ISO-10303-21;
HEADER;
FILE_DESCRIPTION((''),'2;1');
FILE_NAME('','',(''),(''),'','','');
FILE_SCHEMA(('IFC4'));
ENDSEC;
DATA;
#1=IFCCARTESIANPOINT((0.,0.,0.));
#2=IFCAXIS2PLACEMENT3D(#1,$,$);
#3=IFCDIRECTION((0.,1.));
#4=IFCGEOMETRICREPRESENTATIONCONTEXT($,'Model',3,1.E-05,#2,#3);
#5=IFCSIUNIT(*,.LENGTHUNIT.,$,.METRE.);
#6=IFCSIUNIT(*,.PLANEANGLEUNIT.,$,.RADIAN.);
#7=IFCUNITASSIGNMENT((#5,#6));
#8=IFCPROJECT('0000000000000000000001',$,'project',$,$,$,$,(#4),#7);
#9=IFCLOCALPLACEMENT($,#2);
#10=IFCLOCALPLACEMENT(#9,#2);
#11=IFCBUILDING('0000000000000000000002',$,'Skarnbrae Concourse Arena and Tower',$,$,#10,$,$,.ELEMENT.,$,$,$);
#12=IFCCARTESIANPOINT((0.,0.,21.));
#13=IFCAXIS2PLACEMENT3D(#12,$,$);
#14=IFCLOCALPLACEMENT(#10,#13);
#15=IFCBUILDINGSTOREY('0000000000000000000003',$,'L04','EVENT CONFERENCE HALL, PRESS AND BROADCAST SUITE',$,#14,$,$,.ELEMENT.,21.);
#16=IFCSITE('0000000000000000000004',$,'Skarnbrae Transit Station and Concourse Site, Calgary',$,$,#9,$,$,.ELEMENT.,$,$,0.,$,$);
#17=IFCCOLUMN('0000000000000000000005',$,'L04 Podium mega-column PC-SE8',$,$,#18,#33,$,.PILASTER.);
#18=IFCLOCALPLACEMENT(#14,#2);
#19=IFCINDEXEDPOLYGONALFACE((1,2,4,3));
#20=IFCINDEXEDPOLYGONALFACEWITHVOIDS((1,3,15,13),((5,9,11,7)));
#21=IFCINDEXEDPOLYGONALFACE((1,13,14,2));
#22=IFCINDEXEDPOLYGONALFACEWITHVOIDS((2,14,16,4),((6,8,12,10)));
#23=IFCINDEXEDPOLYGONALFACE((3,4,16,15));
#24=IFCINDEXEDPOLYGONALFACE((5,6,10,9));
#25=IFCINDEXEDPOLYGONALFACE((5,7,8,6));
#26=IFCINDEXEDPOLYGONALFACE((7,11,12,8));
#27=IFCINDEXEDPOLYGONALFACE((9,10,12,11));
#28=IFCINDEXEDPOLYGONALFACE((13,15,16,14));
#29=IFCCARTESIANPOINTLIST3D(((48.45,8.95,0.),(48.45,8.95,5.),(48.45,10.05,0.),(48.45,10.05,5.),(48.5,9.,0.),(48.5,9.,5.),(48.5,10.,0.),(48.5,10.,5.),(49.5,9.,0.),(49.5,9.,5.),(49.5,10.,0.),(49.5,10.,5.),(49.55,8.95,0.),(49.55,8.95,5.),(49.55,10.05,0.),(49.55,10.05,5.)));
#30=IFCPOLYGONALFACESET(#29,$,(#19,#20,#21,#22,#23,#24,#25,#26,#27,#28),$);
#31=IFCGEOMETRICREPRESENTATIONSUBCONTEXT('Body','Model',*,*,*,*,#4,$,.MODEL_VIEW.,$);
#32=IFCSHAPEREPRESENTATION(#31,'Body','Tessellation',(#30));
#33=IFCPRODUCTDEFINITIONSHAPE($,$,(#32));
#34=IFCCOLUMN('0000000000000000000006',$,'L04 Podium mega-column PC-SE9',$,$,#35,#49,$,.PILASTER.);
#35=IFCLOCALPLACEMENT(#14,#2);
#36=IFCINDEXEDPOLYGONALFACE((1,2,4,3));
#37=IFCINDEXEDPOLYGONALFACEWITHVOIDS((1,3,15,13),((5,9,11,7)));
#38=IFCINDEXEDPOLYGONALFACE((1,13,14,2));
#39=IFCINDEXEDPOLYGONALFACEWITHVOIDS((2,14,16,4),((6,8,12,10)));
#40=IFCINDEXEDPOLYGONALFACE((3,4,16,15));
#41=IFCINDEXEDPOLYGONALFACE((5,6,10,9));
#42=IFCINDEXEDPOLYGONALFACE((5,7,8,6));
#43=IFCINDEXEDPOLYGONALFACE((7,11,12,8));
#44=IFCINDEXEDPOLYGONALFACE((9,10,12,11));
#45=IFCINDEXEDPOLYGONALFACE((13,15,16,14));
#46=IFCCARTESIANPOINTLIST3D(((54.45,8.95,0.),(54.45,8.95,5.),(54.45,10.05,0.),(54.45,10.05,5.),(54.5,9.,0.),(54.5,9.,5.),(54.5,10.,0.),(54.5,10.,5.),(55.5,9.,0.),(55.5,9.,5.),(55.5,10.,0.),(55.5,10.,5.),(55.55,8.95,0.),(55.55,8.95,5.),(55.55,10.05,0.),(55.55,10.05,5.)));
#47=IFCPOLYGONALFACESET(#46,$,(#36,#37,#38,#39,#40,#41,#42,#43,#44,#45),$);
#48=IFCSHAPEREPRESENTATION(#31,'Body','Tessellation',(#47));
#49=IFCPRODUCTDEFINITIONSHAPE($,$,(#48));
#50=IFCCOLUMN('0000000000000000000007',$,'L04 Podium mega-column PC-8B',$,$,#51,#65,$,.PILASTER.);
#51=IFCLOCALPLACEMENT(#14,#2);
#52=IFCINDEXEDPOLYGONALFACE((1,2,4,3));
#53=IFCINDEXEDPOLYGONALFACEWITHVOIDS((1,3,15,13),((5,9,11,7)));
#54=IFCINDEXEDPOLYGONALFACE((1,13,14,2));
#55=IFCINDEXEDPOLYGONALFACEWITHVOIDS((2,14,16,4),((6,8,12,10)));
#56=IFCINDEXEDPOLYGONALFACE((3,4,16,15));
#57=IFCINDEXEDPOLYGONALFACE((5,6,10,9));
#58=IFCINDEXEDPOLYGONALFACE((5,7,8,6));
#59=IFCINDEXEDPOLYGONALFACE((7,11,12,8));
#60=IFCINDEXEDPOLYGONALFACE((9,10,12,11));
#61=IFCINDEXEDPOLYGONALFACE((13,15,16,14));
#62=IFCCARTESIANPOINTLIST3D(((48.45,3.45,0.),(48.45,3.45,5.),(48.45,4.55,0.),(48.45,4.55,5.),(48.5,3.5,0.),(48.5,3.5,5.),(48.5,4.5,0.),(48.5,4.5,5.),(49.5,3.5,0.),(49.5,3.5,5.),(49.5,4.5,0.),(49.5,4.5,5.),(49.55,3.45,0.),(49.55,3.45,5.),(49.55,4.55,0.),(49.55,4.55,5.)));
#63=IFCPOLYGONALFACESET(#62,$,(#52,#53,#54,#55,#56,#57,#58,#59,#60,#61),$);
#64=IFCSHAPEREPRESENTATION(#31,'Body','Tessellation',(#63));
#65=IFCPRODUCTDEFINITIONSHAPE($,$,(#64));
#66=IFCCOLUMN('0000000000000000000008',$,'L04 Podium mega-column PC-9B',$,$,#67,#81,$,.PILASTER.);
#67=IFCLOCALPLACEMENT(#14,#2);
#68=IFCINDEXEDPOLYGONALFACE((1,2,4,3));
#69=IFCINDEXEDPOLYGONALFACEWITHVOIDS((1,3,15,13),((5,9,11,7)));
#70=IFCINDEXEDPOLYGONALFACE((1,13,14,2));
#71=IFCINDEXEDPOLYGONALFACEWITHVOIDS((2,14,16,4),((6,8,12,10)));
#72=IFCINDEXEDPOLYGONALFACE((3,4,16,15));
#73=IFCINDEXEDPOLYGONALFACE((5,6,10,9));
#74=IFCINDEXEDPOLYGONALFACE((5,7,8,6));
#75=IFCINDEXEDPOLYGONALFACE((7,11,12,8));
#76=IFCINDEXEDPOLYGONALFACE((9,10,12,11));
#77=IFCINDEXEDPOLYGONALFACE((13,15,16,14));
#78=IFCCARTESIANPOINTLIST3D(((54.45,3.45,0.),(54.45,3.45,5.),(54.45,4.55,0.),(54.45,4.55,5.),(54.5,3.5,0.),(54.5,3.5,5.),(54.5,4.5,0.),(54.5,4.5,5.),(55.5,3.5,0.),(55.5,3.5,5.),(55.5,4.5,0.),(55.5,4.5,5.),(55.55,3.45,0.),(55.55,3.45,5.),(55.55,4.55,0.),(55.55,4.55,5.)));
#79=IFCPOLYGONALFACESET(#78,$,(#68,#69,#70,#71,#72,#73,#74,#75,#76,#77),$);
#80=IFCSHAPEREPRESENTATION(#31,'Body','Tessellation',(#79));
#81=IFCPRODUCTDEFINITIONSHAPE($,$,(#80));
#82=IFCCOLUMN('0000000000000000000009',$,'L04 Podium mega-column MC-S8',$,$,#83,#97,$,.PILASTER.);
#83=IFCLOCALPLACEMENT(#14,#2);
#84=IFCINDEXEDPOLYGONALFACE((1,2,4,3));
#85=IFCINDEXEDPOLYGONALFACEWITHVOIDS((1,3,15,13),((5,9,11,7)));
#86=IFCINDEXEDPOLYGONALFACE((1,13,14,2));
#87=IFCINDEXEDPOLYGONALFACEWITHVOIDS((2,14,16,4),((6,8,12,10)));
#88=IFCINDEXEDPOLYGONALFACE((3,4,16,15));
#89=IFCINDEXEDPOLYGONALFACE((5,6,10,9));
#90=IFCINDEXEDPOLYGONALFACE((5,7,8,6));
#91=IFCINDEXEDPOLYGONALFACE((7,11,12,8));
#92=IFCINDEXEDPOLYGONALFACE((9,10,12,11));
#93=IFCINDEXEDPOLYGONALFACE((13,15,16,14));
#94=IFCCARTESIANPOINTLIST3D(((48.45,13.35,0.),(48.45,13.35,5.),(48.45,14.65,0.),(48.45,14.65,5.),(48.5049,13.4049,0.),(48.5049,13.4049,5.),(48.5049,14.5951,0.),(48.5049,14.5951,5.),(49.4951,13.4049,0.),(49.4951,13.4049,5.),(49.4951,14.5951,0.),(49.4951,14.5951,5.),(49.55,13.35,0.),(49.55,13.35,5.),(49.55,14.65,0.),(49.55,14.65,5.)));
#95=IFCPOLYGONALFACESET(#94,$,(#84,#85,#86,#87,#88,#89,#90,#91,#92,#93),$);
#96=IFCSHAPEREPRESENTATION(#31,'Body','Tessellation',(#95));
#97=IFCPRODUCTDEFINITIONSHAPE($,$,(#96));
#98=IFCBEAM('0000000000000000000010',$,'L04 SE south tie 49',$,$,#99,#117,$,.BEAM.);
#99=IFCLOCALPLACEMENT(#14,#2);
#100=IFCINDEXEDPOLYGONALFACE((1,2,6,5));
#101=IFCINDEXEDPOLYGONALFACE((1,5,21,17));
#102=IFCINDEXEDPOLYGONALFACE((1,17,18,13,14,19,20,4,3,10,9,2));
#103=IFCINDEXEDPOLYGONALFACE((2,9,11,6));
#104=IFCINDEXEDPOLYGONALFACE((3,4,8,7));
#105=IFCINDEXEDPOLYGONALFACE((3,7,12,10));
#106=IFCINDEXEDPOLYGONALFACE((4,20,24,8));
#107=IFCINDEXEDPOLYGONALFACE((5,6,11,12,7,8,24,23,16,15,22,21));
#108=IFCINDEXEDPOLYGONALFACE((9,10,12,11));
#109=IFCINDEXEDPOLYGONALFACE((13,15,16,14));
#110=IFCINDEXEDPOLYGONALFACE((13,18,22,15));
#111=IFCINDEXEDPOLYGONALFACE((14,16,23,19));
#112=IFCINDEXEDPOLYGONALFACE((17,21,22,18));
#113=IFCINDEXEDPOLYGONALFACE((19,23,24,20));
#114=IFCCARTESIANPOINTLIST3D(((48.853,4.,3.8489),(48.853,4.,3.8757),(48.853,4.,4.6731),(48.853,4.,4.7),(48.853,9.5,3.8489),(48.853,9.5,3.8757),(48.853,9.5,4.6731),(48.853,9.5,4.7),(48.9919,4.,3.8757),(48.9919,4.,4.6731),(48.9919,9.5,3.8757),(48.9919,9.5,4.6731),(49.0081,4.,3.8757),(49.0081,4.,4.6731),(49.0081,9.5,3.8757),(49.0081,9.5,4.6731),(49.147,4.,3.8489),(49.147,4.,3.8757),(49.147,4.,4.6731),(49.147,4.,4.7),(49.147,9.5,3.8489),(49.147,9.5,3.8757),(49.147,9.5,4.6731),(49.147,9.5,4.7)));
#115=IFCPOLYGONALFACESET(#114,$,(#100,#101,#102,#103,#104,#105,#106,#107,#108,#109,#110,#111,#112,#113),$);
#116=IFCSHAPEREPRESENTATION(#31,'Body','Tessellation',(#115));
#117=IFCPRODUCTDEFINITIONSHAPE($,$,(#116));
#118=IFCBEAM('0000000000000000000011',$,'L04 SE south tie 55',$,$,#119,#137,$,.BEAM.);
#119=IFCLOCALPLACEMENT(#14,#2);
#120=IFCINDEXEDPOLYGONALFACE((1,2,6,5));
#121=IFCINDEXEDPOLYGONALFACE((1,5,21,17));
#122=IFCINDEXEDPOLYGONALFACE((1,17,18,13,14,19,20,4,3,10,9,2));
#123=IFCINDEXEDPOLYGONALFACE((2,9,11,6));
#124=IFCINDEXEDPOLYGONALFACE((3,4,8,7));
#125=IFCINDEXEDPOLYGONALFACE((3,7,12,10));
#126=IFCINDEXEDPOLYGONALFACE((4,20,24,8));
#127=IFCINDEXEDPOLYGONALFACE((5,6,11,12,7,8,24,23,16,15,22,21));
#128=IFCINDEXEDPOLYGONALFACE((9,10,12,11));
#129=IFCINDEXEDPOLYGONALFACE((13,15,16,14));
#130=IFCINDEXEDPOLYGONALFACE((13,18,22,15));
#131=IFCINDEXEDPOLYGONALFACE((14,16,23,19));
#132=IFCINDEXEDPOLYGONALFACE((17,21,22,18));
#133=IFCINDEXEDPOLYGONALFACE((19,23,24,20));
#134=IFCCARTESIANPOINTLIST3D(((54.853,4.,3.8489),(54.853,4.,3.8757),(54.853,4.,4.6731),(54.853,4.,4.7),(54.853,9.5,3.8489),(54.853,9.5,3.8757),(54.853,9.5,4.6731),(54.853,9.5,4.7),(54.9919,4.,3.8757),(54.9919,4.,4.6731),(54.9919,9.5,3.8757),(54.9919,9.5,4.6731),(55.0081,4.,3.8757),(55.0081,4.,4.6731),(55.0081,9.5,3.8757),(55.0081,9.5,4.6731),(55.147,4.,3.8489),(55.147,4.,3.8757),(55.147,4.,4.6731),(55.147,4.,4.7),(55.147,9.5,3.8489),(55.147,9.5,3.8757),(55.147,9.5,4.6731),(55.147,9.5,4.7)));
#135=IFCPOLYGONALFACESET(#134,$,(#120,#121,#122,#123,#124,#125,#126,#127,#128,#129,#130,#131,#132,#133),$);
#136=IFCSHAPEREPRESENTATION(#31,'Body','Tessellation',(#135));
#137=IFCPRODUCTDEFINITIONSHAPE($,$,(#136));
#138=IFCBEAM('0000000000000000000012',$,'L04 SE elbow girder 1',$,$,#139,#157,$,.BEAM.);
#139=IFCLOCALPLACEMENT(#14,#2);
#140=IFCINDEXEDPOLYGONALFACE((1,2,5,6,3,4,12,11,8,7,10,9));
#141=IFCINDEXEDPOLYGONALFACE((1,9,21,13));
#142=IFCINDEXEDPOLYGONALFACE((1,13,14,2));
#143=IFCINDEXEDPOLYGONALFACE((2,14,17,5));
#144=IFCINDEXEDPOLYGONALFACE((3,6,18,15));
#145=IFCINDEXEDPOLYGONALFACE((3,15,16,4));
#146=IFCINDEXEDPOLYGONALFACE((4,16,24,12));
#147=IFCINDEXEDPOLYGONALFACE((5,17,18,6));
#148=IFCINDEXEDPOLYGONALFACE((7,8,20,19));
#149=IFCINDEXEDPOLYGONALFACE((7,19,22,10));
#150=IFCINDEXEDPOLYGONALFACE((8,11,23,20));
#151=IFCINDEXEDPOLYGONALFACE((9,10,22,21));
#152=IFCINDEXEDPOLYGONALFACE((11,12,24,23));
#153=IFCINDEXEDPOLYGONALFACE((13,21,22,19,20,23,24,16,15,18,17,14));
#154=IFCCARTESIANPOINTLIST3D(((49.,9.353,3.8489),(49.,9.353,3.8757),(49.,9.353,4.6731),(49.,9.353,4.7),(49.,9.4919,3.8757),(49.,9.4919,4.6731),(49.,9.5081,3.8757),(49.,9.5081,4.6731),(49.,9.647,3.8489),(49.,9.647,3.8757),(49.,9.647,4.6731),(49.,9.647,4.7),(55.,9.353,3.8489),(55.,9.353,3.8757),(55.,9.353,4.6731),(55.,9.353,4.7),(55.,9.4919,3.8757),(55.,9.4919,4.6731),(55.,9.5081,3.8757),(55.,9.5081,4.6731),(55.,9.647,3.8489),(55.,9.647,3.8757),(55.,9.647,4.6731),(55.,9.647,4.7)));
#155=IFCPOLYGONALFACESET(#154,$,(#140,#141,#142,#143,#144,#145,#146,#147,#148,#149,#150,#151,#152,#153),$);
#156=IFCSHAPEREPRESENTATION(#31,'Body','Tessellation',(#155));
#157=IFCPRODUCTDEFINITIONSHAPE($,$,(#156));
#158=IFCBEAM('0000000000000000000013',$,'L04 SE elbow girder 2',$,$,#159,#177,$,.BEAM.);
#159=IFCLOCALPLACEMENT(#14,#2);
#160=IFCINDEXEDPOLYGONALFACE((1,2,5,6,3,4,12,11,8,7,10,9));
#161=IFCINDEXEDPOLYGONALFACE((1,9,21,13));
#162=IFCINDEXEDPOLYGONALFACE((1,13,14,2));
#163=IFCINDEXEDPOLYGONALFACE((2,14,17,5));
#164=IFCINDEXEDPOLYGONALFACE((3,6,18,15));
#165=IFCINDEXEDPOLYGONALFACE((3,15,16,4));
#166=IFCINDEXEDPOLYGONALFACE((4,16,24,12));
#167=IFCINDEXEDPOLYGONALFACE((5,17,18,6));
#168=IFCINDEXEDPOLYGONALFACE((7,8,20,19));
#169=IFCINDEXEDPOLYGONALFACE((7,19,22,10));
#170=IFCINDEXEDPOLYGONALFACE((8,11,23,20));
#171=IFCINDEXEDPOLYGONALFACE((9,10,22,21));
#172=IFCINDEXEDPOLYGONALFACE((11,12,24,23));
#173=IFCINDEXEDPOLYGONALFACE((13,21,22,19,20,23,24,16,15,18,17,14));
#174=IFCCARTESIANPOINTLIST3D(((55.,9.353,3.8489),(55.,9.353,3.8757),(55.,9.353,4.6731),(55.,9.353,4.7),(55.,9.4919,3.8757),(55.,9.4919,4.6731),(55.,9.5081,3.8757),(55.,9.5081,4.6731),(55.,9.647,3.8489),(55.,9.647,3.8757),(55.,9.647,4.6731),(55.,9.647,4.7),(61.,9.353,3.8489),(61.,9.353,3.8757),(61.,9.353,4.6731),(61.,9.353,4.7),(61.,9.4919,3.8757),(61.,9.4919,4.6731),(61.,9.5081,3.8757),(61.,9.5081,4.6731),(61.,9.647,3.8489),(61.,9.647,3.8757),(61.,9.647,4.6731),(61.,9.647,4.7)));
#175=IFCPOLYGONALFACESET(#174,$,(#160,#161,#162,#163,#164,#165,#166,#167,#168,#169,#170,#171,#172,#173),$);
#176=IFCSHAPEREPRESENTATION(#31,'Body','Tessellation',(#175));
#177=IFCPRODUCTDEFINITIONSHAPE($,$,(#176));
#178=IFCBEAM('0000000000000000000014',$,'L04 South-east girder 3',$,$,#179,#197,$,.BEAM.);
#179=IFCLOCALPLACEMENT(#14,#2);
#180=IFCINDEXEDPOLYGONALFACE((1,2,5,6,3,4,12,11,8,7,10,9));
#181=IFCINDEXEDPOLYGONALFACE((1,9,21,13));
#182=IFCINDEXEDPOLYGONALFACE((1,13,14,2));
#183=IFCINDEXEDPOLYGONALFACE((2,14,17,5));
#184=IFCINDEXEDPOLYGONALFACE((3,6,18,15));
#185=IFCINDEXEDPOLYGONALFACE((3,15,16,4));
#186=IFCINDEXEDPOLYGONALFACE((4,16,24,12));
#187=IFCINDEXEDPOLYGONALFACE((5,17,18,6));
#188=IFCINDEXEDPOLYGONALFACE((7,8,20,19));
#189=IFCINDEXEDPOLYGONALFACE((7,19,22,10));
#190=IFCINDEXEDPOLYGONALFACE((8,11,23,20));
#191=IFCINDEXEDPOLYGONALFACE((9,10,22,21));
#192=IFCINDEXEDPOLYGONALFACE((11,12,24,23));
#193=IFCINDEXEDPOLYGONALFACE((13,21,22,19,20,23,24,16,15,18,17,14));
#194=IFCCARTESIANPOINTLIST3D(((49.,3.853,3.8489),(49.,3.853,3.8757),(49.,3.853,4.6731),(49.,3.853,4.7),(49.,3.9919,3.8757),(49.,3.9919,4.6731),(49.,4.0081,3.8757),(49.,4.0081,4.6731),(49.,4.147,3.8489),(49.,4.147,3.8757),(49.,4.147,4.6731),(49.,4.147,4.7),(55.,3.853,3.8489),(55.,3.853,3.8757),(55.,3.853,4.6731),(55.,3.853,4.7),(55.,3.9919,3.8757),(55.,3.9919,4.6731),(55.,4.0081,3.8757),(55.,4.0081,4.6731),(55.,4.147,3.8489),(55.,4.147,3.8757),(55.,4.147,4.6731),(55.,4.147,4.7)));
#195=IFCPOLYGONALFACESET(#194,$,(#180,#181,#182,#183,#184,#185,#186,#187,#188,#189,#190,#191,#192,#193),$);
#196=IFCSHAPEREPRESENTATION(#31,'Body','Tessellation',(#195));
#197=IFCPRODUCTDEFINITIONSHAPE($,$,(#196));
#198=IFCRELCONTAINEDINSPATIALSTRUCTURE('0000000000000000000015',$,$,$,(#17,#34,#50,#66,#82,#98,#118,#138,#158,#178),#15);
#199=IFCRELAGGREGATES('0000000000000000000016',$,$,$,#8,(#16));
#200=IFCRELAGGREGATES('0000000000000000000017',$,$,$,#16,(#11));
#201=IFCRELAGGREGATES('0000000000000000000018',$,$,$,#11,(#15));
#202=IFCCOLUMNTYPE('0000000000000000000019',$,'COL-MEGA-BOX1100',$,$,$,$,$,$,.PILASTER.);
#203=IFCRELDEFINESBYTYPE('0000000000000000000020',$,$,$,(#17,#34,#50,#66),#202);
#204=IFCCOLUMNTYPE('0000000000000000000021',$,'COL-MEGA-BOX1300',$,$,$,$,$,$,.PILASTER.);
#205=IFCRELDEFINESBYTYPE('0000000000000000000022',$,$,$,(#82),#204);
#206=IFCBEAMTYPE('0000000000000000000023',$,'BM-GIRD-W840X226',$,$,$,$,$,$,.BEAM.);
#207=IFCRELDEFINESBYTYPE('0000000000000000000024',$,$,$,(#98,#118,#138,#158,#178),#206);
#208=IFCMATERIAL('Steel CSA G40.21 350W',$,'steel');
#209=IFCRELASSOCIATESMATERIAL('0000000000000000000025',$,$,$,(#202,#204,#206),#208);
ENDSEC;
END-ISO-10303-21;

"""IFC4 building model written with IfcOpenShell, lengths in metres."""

from ifc_helpers import new_model, si_unit, direction, frame, origin, origin_2d, place, context, subcontext, project, spatial, hollow_rectangle, i_section, extrude, source, transform, mapped, material, material_profile, profile_set, type_object, element, save


model = new_model("IFC4")

# Units and contexts
model_context = context("Model", 3, precision=1e-05, world=origin(), true_north=direction((0.0, 1.0)))
body_context = subcontext(model_context, "Body", "Model", "MODEL_VIEW")
ifc_project = project(units=[si_unit("LENGTHUNIT", "METRE"), si_unit("PLANEANGLEUNIT", "RADIAN")], contexts=[model_context])

# Site, building, storey
site_placement = place(None, origin())
site = spatial("IfcSite", under=ifc_project, at=site_placement, Name="Skarnbrae Transit Station and Concourse Site, Calgary", CompositionType="ELEMENT", RefElevation=0.0)
building_placement = place(site_placement, origin())
building = spatial("IfcBuilding", under=site, at=building_placement, Name="Skarnbrae Concourse Arena and Tower", CompositionType="ELEMENT")
storey_placement = place(building_placement, frame((0.0, 0.0, 21.0)))
storey = spatial("IfcBuildingStorey", under=building, at=storey_placement, Name="L04", Description="EVENT CONFERENCE HALL, PRESS AND BROADCAST SUITE", CompositionType="ELEMENT", Elevation=21.0)

# Columns
ifc_material_1 = material(Name="Steel CSA G40.21 350W", Category="steel")
ifc_material_profile_1 = material_profile(ifc_material_1, hollow_rectangle(XDim=1.1001, YDim=1.1001, WallThickness=0.05, at=origin_2d()), Name="BOX1100X1100X50")
ifc_profile_set_1 = profile_set([ifc_material_profile_1], Name="Steel CSA G40.21 350W")
column_type_1 = type_object("IfcColumnType", Name="COL-MEGA-BOX1100", PredefinedType="PILASTER", material=ifc_profile_set_1)
shared_shape_1 = source(origin(), body_context, "Body", "SweptSolid", [
    extrude(hollow_rectangle(XDim=1.1001, YDim=1.1001, WallThickness=0.05, at=origin_2d()), origin(), (0.0, 0.0, 1.0), 5.0),
])
for number, where, z_axis, x_axis, name in (
    (1, (49.0, 9.5, 0.0), (0.0, 0.0, 1.0), (1.0, 0.0, 0.0), "L04 Podium mega-column PC-SE8"),
    (2, (55.0, 9.5, 0.0), (0.0, 0.0, 1.0), (1.0, 0.0, 0.0), "L04 Podium mega-column PC-SE9"),
    (3, (49.0, 4.0, 0.0), (0.0, 0.0, 1.0), (1.0, 0.0, 0.0), "L04 Podium mega-column PC-8B"),
    (4, (55.0, 4.0, 0.0), (0.0, 0.0, 1.0), (1.0, 0.0, 0.0), "L04 Podium mega-column PC-9B"),
):
    element("IfcColumn", number, at=place(storey_placement, frame(where, z_axis=z_axis, x_axis=x_axis)), inside=storey, type_object=column_type_1, Name=name, PredefinedType="PILASTER", context=body_context, shape_type="MappedRepresentation", body=[
        mapped(shared_shape_1, transform((0.0, 0.0, 0.0))),
    ])
ifc_material_profile_2 = material_profile(ifc_material_1, hollow_rectangle(XDim=1.1001, YDim=1.3, WallThickness=0.0549, at=origin_2d()), Name="BOX1300X1100X55")
ifc_profile_set_2 = profile_set([ifc_material_profile_2], Name="Steel CSA G40.21 350W")
column_type_2 = type_object("IfcColumnType", Name="COL-MEGA-BOX1300", PredefinedType="PILASTER", material=ifc_profile_set_2)
shared_shape_2 = source(origin(), body_context, "Body", "SweptSolid", [
    extrude(hollow_rectangle(XDim=1.1001, YDim=1.3, WallThickness=0.0549, at=origin_2d()), origin(), (0.0, 0.0, 1.0), 5.0),
])
column_placement = place(storey_placement, frame((49.0, 14.0, 0.0), z_axis=(0.0, 0.0, 1.0), x_axis=(1.0, 0.0, 0.0)))
element("IfcColumn", 5, at=column_placement, inside=storey, type_object=column_type_2, Name="L04 Podium mega-column MC-S8", PredefinedType="PILASTER", context=body_context, shape_type="MappedRepresentation", body=[
    mapped(shared_shape_2, transform((0.0, 0.0, 0.0))),
])

# Beams
ifc_material_profile_3 = material_profile(ifc_material_1, i_section(OverallWidth=0.2939, OverallDepth=0.8511, WebThickness=0.0161, FlangeThickness=0.0269, at=origin_2d()), Name="W840X226")
ifc_profile_set_3 = profile_set([ifc_material_profile_3], Name="Steel CSA G40.21 350W")
beam_type = type_object("IfcBeamType", Name="BM-GIRD-W840X226", PredefinedType="BEAM", material=ifc_profile_set_3)
shared_shape_3 = source(origin(), body_context, "Body", "SweptSolid", [
    extrude(i_section(OverallWidth=0.2939, OverallDepth=0.8511, WebThickness=0.0161, FlangeThickness=0.0269, at=origin_2d()), origin(), (0.0, 0.0, 1.0), 5.5),
])
for number, where, z_axis, x_axis, name in (
    (6, (49.0, 4.0, 4.2744), (0.0, 1.0, 0.0), (-1.0, 0.0, 0.0), "L04 SE south tie 49"),
    (7, (55.0, 4.0, 4.2744), (0.0, 1.0, 0.0), (-1.0, 0.0, 0.0), "L04 SE south tie 55"),
):
    element("IfcBeam", number, at=place(storey_placement, frame(where, z_axis=z_axis, x_axis=x_axis)), inside=storey, type_object=beam_type, Name=name, PredefinedType="BEAM", context=body_context, shape_type="MappedRepresentation", body=[
        mapped(shared_shape_3, transform((0.0, 0.0, 0.0))),
    ])
shared_shape_4 = source(origin(), body_context, "Body", "SweptSolid", [
    extrude(i_section(OverallWidth=0.2939, OverallDepth=0.8511, WebThickness=0.0161, FlangeThickness=0.0269, at=origin_2d()), origin(), (0.0, 0.0, 1.0), 6.0),
])
for number, where, z_axis, x_axis, name in (
    (8, (49.0, 9.5, 4.2744), (1.0, 0.0, 0.0), (0.0, 1.0, 0.0), "L04 SE elbow girder 1"),
    (9, (55.0, 9.5, 4.2744), (1.0, 0.0, 0.0), (0.0, 1.0, 0.0), "L04 SE elbow girder 2"),
    (10, (49.0, 4.0, 4.2744), (1.0, 0.0, 0.0), (0.0, 1.0, 0.0), "L04 South-east girder 3"),
):
    element("IfcBeam", number, at=place(storey_placement, frame(where, z_axis=z_axis, x_axis=x_axis)), inside=storey, type_object=beam_type, Name=name, PredefinedType="BEAM", context=body_context, shape_type="MappedRepresentation", body=[
        mapped(shared_shape_4, transform((0.0, 0.0, 0.0))),
    ])

save(model, "model.ifc")
